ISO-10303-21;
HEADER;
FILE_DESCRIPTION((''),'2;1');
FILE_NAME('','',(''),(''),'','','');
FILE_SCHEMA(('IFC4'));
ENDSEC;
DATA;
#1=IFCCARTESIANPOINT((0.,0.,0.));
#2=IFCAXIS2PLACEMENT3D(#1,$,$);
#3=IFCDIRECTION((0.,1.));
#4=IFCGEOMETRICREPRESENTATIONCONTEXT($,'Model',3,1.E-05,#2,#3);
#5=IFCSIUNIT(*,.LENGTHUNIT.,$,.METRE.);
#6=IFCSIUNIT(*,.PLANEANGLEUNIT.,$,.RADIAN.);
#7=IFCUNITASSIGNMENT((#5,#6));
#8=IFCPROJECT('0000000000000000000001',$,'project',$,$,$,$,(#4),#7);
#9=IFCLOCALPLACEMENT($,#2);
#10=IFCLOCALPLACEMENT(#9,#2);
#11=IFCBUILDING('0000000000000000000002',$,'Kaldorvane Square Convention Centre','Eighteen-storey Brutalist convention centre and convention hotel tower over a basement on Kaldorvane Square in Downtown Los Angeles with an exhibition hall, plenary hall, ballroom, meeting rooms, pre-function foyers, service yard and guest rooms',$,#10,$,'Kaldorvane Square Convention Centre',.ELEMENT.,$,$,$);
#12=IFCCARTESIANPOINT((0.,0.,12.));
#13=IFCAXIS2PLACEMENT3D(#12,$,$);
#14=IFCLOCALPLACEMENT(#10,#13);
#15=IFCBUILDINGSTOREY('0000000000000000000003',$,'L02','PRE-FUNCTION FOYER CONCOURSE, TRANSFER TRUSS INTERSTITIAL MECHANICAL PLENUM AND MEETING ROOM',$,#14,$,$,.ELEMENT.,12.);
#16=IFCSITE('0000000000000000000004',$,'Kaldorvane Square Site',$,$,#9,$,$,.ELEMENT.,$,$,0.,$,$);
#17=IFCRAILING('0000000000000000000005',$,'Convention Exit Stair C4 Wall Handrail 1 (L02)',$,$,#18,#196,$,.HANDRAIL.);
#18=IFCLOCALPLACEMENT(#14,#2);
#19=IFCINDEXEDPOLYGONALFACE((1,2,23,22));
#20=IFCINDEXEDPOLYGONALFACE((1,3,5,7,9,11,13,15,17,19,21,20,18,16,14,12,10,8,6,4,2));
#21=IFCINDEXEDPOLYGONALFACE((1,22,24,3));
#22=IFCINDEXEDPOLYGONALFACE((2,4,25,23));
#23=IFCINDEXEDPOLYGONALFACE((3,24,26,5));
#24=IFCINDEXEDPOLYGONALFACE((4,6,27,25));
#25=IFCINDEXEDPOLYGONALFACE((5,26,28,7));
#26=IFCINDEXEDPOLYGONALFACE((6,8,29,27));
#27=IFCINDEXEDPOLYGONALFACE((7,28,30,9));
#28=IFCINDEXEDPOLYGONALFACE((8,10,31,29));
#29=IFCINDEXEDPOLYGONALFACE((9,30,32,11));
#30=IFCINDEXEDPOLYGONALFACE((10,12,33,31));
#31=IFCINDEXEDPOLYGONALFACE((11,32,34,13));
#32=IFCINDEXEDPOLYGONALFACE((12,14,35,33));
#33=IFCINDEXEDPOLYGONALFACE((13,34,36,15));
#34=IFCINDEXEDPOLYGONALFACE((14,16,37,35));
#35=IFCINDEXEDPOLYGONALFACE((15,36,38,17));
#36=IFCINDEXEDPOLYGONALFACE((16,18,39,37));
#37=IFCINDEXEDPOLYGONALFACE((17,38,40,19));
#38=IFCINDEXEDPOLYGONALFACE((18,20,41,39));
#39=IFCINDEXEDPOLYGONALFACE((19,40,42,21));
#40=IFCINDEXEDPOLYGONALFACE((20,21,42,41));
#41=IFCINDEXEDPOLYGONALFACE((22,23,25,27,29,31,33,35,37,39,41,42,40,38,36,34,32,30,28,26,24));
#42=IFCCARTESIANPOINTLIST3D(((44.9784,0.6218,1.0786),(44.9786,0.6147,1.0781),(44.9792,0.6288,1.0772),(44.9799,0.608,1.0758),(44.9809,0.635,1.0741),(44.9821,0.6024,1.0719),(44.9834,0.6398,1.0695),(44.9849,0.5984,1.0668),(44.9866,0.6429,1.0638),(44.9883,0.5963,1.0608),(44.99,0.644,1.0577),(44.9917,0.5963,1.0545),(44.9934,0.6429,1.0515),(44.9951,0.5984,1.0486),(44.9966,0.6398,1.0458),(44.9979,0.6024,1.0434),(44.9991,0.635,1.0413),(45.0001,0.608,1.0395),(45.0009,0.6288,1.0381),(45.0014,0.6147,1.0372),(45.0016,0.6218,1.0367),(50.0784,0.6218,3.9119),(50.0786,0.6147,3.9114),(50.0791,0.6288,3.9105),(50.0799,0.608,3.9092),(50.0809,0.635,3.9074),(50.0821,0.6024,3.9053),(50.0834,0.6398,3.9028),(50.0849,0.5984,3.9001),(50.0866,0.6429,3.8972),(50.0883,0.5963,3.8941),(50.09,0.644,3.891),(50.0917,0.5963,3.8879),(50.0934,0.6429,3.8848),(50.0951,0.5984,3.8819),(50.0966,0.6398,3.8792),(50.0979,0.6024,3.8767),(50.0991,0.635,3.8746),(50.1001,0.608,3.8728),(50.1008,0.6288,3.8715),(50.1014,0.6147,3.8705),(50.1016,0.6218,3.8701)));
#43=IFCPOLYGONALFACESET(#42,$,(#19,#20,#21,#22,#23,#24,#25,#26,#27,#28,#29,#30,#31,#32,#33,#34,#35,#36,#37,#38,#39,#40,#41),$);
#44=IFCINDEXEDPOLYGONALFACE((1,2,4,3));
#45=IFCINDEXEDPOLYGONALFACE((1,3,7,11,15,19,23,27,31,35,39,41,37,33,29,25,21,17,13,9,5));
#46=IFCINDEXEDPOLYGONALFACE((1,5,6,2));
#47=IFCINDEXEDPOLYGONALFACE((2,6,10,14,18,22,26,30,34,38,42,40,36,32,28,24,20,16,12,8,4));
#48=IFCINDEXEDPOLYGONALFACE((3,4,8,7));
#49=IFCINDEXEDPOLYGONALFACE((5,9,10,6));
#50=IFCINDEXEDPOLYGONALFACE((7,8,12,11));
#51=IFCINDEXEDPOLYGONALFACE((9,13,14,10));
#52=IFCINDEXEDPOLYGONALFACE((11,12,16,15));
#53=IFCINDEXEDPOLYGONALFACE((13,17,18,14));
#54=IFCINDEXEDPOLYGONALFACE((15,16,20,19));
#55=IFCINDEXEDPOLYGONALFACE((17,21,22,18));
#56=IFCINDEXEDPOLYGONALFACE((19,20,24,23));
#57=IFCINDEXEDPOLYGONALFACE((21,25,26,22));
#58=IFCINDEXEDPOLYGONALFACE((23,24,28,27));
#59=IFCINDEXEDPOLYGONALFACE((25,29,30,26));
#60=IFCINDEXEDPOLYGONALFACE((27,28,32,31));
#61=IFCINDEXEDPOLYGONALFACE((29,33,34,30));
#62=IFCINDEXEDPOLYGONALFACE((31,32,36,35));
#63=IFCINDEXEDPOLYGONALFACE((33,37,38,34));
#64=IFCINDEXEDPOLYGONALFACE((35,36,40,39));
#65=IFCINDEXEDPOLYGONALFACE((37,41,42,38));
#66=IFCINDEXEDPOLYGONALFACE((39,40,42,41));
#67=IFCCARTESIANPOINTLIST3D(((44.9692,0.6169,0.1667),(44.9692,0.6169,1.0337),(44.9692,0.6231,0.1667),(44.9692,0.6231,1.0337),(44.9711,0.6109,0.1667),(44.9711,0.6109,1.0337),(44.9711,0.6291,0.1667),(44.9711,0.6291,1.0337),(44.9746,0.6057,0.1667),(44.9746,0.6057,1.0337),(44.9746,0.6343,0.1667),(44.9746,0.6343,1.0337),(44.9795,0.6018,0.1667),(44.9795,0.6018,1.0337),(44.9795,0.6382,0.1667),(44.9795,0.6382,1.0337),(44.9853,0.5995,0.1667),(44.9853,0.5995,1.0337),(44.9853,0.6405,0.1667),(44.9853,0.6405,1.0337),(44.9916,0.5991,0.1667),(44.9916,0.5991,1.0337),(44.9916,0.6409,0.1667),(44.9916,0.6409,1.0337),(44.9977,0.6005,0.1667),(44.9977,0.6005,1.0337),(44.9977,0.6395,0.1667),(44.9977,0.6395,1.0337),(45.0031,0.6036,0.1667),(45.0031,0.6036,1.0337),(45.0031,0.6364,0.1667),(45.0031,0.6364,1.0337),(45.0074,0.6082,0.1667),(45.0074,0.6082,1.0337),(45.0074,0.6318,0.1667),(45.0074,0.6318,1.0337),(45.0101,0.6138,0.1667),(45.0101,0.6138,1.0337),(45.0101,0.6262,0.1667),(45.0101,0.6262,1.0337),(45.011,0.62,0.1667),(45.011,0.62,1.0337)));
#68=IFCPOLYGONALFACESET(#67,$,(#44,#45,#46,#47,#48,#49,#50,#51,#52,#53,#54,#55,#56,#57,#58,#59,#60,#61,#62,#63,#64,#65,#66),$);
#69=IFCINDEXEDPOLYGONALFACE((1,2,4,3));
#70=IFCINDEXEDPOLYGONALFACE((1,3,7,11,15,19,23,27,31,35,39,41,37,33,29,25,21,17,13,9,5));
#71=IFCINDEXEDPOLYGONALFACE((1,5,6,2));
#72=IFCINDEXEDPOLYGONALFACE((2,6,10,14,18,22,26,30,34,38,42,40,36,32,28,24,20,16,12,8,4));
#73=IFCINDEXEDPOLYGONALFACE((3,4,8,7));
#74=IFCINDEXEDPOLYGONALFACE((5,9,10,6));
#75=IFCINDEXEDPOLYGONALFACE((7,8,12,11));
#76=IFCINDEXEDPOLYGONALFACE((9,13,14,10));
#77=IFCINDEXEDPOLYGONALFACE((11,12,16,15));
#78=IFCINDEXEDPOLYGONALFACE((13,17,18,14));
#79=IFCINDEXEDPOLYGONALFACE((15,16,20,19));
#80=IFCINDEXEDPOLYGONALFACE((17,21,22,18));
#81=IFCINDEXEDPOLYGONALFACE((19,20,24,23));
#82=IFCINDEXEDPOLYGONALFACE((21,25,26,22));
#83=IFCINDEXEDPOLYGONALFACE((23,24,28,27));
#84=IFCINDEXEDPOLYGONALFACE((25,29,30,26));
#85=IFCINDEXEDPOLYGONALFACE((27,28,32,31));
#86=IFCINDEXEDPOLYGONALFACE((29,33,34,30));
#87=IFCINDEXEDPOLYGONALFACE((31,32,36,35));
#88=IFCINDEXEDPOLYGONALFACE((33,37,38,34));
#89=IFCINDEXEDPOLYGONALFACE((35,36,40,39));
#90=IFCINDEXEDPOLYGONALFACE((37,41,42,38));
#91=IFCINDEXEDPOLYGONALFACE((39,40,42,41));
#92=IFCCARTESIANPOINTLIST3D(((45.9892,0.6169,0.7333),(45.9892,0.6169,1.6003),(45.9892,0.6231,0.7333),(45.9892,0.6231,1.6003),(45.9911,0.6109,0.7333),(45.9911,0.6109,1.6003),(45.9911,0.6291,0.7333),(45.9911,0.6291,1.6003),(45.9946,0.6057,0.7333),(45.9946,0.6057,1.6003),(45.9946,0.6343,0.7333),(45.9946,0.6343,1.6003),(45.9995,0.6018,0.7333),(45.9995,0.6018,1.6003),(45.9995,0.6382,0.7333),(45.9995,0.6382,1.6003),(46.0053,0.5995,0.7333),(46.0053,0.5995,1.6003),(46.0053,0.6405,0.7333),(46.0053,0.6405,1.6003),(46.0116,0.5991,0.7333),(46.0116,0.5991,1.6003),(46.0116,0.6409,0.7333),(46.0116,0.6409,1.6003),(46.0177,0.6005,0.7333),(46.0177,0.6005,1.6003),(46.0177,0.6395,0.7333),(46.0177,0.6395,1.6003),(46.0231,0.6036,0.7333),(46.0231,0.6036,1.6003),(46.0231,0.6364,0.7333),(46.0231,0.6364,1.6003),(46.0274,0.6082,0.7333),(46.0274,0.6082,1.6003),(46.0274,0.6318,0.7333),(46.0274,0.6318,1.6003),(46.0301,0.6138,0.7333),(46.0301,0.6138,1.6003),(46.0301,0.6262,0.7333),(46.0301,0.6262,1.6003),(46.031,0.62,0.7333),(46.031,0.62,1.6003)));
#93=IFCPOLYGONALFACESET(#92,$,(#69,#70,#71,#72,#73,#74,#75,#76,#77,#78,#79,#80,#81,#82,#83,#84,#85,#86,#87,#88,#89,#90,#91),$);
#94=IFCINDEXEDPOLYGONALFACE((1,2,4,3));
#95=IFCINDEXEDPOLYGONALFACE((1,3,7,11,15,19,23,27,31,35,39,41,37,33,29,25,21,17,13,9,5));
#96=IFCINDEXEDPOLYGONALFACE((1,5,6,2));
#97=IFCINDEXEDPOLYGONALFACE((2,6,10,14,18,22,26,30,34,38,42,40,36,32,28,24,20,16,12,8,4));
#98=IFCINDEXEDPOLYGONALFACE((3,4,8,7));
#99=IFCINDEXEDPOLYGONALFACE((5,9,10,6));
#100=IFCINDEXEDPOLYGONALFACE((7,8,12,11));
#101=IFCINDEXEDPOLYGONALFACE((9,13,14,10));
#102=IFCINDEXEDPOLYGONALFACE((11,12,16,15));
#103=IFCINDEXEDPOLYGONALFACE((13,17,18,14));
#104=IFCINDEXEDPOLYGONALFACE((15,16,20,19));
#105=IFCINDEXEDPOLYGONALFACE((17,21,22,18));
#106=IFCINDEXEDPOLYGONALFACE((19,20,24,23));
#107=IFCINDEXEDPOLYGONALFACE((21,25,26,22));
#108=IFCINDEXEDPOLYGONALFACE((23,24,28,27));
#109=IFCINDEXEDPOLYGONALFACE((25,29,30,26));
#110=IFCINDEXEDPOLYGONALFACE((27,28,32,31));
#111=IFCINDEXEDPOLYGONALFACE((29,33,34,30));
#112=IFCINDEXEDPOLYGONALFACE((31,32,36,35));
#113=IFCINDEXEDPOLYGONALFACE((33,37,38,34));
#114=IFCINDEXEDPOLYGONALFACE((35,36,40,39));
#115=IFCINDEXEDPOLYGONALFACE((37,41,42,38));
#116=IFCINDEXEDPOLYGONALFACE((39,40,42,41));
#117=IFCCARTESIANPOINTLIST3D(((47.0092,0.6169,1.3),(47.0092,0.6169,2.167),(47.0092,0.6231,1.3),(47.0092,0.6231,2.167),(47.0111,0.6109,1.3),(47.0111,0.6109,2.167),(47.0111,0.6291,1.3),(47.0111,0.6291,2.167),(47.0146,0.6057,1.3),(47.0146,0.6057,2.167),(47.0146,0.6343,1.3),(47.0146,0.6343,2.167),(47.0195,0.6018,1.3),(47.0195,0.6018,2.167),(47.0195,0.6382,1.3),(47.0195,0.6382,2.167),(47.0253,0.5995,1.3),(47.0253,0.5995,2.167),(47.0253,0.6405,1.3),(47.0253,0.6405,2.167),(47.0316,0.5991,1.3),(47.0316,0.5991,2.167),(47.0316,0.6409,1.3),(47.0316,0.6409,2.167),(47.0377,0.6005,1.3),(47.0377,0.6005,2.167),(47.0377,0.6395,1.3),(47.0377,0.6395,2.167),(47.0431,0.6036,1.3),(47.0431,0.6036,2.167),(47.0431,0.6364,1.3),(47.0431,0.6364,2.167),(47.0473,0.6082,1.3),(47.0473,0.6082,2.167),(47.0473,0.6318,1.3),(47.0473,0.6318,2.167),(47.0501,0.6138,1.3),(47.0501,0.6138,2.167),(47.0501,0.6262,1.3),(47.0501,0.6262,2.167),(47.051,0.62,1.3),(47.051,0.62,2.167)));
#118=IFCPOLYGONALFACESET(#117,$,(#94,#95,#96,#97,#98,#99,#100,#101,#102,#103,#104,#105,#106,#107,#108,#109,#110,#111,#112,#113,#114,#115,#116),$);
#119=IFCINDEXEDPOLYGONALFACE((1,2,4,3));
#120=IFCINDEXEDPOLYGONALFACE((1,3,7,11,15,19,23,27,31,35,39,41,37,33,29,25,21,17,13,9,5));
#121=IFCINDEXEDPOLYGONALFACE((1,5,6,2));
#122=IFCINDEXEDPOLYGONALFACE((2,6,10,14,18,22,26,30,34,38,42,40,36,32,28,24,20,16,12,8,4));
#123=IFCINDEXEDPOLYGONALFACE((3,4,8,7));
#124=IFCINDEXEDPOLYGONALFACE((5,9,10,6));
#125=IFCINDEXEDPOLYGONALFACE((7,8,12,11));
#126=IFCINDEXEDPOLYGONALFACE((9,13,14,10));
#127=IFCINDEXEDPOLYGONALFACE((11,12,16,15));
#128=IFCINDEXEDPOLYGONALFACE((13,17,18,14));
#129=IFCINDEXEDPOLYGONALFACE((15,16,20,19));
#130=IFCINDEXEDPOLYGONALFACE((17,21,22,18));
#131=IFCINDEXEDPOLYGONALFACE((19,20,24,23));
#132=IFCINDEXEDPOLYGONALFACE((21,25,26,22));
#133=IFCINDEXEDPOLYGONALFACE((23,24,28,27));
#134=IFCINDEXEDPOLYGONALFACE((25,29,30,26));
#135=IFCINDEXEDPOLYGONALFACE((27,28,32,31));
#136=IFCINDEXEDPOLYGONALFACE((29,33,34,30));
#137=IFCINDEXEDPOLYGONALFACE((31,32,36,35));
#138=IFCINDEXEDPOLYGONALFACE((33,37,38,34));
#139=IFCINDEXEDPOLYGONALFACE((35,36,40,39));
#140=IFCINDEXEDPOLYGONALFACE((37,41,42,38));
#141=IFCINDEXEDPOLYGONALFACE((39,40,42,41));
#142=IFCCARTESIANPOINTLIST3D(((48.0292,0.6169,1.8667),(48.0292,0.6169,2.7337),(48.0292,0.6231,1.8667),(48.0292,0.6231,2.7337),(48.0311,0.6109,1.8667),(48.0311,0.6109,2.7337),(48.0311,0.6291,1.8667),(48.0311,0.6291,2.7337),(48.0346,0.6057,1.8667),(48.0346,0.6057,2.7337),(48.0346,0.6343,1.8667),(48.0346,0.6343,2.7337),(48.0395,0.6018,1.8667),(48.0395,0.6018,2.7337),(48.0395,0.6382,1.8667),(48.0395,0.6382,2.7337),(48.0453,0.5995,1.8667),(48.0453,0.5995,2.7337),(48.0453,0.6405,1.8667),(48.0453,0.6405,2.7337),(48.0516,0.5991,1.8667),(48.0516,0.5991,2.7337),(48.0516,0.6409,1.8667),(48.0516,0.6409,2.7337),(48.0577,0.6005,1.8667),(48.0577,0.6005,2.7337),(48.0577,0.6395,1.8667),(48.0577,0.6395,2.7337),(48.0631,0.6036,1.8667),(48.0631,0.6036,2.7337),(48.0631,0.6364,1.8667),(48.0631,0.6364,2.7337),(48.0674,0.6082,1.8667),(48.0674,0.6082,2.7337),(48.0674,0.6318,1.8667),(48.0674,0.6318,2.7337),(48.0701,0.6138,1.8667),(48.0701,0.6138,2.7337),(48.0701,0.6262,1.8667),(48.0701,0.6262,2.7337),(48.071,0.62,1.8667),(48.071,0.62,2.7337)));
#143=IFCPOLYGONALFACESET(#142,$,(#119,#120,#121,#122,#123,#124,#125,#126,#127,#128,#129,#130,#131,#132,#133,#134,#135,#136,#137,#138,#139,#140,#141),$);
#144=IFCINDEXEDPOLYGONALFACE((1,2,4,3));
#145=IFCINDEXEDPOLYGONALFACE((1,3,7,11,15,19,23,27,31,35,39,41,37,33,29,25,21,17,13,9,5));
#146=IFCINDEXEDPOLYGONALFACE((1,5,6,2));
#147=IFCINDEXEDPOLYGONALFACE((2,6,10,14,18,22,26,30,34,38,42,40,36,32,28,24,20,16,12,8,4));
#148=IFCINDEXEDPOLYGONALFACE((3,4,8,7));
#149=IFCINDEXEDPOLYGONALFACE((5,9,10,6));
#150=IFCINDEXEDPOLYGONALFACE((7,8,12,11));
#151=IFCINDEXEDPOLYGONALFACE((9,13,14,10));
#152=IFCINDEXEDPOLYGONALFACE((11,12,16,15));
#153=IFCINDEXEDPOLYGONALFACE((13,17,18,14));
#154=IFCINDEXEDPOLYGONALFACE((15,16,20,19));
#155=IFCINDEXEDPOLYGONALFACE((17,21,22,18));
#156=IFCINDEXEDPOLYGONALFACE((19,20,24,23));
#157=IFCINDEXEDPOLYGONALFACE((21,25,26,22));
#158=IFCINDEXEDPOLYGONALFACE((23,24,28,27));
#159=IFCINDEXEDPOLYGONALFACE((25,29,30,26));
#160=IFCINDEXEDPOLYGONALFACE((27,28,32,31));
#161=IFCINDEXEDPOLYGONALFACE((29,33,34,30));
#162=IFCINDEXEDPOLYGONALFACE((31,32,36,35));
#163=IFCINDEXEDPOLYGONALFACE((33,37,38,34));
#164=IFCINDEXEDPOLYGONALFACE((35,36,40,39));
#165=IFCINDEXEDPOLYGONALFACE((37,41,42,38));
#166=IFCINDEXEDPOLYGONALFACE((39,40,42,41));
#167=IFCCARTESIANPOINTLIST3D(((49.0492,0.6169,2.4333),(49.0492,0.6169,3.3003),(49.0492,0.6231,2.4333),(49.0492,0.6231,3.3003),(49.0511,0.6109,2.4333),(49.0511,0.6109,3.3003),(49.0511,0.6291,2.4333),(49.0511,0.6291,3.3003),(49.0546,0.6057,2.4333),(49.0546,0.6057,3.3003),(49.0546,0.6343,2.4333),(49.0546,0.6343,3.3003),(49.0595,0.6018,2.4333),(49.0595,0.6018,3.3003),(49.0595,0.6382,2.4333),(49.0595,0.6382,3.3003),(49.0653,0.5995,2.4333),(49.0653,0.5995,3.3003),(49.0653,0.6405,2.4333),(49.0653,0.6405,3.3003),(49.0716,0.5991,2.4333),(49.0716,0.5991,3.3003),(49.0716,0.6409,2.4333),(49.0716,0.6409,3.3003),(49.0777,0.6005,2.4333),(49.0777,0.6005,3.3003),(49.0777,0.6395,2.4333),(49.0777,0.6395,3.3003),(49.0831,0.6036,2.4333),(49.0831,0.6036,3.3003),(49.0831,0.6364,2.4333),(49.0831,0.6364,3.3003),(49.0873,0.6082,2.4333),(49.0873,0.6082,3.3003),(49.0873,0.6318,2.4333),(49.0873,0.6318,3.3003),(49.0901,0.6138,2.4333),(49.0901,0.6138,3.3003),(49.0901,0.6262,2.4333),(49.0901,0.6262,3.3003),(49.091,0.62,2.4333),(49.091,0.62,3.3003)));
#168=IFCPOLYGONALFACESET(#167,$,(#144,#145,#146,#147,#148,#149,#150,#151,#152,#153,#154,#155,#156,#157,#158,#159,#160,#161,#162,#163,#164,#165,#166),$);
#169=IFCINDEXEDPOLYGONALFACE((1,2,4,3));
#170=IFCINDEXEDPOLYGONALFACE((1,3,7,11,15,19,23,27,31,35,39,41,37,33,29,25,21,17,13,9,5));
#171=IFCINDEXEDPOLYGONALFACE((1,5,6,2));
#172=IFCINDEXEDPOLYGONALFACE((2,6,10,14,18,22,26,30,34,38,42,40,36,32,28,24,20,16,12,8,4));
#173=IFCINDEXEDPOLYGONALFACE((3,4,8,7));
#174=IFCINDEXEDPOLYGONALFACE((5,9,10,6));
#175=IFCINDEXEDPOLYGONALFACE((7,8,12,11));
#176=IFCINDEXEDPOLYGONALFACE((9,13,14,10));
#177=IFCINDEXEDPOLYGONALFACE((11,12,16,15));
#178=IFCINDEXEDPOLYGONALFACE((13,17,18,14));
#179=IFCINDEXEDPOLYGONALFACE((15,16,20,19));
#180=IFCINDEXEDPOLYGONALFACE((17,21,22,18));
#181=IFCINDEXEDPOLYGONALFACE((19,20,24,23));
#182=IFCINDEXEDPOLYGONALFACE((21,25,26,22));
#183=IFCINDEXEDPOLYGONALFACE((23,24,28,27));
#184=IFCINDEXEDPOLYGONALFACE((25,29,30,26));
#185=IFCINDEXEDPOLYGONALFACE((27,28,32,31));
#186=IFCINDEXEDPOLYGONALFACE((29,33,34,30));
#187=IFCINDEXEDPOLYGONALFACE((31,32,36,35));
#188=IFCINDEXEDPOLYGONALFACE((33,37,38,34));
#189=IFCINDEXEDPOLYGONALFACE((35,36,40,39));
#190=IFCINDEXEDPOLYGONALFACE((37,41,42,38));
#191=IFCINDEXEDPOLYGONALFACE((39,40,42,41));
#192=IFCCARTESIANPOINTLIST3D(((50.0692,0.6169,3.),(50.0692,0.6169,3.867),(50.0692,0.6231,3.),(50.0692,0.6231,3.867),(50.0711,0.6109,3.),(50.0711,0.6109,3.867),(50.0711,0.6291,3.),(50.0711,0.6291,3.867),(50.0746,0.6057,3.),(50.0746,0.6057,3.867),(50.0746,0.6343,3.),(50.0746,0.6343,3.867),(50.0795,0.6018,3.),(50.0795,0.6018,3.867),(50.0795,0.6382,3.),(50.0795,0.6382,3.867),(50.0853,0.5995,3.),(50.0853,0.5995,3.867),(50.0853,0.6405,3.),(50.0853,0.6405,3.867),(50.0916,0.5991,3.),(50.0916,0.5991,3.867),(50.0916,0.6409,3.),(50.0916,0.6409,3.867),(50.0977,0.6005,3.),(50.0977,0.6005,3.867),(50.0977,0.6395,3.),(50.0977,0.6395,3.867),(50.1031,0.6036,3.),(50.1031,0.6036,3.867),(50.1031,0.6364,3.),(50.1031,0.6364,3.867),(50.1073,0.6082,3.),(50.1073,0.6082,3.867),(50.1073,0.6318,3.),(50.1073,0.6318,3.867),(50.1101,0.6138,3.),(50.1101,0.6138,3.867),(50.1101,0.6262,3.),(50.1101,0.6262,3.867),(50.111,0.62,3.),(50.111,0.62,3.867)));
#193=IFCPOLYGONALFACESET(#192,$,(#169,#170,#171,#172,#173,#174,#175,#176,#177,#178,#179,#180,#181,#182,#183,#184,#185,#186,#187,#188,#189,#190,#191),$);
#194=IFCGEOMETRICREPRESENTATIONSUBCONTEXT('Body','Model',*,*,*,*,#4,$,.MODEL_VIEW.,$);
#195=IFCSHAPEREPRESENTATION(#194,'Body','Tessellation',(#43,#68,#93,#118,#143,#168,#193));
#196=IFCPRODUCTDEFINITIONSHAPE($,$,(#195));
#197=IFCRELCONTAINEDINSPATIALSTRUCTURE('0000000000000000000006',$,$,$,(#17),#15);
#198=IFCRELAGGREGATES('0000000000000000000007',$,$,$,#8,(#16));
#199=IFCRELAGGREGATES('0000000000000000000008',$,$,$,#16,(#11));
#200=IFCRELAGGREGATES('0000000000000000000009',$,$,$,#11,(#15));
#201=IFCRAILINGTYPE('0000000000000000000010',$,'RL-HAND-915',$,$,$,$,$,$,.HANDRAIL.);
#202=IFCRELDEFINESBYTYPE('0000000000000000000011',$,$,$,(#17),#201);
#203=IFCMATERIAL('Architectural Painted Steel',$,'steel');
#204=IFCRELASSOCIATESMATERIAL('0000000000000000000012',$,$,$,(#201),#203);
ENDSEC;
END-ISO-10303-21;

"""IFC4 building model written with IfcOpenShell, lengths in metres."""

from ifc_helpers import new_model, si_unit, direction, frame, origin, origin_2d, place, context, subcontext, project, spatial, circle, extrude, material, type_object, element, save


model = new_model("IFC4")

# Units and contexts
model_context = context("Model", 3, precision=1e-05, world=origin(), true_north=direction((0.0, 1.0)))
body_context = subcontext(model_context, "Body", "Model", "MODEL_VIEW")
ifc_project = project(units=[si_unit("LENGTHUNIT", "METRE"), si_unit("PLANEANGLEUNIT", "RADIAN")], contexts=[model_context])

# Site, building, storey
site_placement = place(None, origin())
site = spatial("IfcSite", under=ifc_project, at=site_placement, Name="Kaldorvane Square Site", CompositionType="ELEMENT", RefElevation=0.0)
building_placement = place(site_placement, origin())
building = spatial("IfcBuilding", under=site, at=building_placement, Name="Kaldorvane Square Convention Centre", Description="Eighteen-storey Brutalist convention centre and convention hotel tower over a basement on Kaldorvane Square in Downtown Los Angeles with an exhibition hall, plenary hall, ballroom, meeting rooms, pre-function foyers, service yard and guest rooms", LongName="Kaldorvane Square Convention Centre", CompositionType="ELEMENT")
storey_placement = place(building_placement, frame((0.0, 0.0, 12.0)))
storey = spatial("IfcBuildingStorey", under=building, at=storey_placement, Name="L02", Description="PRE-FUNCTION FOYER CONCOURSE, TRANSFER TRUSS INTERSTITIAL MECHANICAL PLENUM AND MEETING ROOM", CompositionType="ELEMENT", Elevation=12.0)

# Railing
ifc_material_1 = material(Name="Architectural Painted Steel", Category="steel")
railing_type_1 = type_object("IfcRailingType", Name="RL-HAND-915", PredefinedType="HANDRAIL", material=ifc_material_1)
railing_1_placement = place(storey_placement, frame((44.99, 0.62, 0.1667)))
element("IfcRailing", 1, at=railing_1_placement, inside=storey, type_object=railing_type_1, Name="Convention Exit Stair C4 Wall Handrail 1 (L02)", PredefinedType="HANDRAIL", context=body_context, shape_type="SweptSolid", body=[
    extrude(circle(Radius=0.024, at=origin_2d()), frame((0.0, 0.0, 0.891), z_axis=(0.874157, 0.0, 0.485643), x_axis=(0.0, 1.0, 0.0)), (0.0, 0.0, 1.0), 5.8342),
    extrude(circle(Radius=0.021, at=origin_2d()), origin(), (0.0, 0.0, 1.0), 0.867),
    extrude(circle(Radius=0.021, at=origin_2d()), frame((1.02, 0.0, 0.5667)), (0.0, 0.0, 1.0), 0.867),
    extrude(circle(Radius=0.021, at=origin_2d()), frame((2.04, 0.0, 1.1333)), (0.0, 0.0, 1.0), 0.867),
    extrude(circle(Radius=0.021, at=origin_2d()), frame((3.06, 0.0, 1.7)), (0.0, 0.0, 1.0), 0.867),
    extrude(circle(Radius=0.021, at=origin_2d()), frame((4.08, 0.0, 2.2667)), (0.0, 0.0, 1.0), 0.867),
    extrude(circle(Radius=0.021, at=origin_2d()), frame((5.1, 0.0, 2.8333)), (0.0, 0.0, 1.0), 0.867),
])

save(model, "model.ifc")
